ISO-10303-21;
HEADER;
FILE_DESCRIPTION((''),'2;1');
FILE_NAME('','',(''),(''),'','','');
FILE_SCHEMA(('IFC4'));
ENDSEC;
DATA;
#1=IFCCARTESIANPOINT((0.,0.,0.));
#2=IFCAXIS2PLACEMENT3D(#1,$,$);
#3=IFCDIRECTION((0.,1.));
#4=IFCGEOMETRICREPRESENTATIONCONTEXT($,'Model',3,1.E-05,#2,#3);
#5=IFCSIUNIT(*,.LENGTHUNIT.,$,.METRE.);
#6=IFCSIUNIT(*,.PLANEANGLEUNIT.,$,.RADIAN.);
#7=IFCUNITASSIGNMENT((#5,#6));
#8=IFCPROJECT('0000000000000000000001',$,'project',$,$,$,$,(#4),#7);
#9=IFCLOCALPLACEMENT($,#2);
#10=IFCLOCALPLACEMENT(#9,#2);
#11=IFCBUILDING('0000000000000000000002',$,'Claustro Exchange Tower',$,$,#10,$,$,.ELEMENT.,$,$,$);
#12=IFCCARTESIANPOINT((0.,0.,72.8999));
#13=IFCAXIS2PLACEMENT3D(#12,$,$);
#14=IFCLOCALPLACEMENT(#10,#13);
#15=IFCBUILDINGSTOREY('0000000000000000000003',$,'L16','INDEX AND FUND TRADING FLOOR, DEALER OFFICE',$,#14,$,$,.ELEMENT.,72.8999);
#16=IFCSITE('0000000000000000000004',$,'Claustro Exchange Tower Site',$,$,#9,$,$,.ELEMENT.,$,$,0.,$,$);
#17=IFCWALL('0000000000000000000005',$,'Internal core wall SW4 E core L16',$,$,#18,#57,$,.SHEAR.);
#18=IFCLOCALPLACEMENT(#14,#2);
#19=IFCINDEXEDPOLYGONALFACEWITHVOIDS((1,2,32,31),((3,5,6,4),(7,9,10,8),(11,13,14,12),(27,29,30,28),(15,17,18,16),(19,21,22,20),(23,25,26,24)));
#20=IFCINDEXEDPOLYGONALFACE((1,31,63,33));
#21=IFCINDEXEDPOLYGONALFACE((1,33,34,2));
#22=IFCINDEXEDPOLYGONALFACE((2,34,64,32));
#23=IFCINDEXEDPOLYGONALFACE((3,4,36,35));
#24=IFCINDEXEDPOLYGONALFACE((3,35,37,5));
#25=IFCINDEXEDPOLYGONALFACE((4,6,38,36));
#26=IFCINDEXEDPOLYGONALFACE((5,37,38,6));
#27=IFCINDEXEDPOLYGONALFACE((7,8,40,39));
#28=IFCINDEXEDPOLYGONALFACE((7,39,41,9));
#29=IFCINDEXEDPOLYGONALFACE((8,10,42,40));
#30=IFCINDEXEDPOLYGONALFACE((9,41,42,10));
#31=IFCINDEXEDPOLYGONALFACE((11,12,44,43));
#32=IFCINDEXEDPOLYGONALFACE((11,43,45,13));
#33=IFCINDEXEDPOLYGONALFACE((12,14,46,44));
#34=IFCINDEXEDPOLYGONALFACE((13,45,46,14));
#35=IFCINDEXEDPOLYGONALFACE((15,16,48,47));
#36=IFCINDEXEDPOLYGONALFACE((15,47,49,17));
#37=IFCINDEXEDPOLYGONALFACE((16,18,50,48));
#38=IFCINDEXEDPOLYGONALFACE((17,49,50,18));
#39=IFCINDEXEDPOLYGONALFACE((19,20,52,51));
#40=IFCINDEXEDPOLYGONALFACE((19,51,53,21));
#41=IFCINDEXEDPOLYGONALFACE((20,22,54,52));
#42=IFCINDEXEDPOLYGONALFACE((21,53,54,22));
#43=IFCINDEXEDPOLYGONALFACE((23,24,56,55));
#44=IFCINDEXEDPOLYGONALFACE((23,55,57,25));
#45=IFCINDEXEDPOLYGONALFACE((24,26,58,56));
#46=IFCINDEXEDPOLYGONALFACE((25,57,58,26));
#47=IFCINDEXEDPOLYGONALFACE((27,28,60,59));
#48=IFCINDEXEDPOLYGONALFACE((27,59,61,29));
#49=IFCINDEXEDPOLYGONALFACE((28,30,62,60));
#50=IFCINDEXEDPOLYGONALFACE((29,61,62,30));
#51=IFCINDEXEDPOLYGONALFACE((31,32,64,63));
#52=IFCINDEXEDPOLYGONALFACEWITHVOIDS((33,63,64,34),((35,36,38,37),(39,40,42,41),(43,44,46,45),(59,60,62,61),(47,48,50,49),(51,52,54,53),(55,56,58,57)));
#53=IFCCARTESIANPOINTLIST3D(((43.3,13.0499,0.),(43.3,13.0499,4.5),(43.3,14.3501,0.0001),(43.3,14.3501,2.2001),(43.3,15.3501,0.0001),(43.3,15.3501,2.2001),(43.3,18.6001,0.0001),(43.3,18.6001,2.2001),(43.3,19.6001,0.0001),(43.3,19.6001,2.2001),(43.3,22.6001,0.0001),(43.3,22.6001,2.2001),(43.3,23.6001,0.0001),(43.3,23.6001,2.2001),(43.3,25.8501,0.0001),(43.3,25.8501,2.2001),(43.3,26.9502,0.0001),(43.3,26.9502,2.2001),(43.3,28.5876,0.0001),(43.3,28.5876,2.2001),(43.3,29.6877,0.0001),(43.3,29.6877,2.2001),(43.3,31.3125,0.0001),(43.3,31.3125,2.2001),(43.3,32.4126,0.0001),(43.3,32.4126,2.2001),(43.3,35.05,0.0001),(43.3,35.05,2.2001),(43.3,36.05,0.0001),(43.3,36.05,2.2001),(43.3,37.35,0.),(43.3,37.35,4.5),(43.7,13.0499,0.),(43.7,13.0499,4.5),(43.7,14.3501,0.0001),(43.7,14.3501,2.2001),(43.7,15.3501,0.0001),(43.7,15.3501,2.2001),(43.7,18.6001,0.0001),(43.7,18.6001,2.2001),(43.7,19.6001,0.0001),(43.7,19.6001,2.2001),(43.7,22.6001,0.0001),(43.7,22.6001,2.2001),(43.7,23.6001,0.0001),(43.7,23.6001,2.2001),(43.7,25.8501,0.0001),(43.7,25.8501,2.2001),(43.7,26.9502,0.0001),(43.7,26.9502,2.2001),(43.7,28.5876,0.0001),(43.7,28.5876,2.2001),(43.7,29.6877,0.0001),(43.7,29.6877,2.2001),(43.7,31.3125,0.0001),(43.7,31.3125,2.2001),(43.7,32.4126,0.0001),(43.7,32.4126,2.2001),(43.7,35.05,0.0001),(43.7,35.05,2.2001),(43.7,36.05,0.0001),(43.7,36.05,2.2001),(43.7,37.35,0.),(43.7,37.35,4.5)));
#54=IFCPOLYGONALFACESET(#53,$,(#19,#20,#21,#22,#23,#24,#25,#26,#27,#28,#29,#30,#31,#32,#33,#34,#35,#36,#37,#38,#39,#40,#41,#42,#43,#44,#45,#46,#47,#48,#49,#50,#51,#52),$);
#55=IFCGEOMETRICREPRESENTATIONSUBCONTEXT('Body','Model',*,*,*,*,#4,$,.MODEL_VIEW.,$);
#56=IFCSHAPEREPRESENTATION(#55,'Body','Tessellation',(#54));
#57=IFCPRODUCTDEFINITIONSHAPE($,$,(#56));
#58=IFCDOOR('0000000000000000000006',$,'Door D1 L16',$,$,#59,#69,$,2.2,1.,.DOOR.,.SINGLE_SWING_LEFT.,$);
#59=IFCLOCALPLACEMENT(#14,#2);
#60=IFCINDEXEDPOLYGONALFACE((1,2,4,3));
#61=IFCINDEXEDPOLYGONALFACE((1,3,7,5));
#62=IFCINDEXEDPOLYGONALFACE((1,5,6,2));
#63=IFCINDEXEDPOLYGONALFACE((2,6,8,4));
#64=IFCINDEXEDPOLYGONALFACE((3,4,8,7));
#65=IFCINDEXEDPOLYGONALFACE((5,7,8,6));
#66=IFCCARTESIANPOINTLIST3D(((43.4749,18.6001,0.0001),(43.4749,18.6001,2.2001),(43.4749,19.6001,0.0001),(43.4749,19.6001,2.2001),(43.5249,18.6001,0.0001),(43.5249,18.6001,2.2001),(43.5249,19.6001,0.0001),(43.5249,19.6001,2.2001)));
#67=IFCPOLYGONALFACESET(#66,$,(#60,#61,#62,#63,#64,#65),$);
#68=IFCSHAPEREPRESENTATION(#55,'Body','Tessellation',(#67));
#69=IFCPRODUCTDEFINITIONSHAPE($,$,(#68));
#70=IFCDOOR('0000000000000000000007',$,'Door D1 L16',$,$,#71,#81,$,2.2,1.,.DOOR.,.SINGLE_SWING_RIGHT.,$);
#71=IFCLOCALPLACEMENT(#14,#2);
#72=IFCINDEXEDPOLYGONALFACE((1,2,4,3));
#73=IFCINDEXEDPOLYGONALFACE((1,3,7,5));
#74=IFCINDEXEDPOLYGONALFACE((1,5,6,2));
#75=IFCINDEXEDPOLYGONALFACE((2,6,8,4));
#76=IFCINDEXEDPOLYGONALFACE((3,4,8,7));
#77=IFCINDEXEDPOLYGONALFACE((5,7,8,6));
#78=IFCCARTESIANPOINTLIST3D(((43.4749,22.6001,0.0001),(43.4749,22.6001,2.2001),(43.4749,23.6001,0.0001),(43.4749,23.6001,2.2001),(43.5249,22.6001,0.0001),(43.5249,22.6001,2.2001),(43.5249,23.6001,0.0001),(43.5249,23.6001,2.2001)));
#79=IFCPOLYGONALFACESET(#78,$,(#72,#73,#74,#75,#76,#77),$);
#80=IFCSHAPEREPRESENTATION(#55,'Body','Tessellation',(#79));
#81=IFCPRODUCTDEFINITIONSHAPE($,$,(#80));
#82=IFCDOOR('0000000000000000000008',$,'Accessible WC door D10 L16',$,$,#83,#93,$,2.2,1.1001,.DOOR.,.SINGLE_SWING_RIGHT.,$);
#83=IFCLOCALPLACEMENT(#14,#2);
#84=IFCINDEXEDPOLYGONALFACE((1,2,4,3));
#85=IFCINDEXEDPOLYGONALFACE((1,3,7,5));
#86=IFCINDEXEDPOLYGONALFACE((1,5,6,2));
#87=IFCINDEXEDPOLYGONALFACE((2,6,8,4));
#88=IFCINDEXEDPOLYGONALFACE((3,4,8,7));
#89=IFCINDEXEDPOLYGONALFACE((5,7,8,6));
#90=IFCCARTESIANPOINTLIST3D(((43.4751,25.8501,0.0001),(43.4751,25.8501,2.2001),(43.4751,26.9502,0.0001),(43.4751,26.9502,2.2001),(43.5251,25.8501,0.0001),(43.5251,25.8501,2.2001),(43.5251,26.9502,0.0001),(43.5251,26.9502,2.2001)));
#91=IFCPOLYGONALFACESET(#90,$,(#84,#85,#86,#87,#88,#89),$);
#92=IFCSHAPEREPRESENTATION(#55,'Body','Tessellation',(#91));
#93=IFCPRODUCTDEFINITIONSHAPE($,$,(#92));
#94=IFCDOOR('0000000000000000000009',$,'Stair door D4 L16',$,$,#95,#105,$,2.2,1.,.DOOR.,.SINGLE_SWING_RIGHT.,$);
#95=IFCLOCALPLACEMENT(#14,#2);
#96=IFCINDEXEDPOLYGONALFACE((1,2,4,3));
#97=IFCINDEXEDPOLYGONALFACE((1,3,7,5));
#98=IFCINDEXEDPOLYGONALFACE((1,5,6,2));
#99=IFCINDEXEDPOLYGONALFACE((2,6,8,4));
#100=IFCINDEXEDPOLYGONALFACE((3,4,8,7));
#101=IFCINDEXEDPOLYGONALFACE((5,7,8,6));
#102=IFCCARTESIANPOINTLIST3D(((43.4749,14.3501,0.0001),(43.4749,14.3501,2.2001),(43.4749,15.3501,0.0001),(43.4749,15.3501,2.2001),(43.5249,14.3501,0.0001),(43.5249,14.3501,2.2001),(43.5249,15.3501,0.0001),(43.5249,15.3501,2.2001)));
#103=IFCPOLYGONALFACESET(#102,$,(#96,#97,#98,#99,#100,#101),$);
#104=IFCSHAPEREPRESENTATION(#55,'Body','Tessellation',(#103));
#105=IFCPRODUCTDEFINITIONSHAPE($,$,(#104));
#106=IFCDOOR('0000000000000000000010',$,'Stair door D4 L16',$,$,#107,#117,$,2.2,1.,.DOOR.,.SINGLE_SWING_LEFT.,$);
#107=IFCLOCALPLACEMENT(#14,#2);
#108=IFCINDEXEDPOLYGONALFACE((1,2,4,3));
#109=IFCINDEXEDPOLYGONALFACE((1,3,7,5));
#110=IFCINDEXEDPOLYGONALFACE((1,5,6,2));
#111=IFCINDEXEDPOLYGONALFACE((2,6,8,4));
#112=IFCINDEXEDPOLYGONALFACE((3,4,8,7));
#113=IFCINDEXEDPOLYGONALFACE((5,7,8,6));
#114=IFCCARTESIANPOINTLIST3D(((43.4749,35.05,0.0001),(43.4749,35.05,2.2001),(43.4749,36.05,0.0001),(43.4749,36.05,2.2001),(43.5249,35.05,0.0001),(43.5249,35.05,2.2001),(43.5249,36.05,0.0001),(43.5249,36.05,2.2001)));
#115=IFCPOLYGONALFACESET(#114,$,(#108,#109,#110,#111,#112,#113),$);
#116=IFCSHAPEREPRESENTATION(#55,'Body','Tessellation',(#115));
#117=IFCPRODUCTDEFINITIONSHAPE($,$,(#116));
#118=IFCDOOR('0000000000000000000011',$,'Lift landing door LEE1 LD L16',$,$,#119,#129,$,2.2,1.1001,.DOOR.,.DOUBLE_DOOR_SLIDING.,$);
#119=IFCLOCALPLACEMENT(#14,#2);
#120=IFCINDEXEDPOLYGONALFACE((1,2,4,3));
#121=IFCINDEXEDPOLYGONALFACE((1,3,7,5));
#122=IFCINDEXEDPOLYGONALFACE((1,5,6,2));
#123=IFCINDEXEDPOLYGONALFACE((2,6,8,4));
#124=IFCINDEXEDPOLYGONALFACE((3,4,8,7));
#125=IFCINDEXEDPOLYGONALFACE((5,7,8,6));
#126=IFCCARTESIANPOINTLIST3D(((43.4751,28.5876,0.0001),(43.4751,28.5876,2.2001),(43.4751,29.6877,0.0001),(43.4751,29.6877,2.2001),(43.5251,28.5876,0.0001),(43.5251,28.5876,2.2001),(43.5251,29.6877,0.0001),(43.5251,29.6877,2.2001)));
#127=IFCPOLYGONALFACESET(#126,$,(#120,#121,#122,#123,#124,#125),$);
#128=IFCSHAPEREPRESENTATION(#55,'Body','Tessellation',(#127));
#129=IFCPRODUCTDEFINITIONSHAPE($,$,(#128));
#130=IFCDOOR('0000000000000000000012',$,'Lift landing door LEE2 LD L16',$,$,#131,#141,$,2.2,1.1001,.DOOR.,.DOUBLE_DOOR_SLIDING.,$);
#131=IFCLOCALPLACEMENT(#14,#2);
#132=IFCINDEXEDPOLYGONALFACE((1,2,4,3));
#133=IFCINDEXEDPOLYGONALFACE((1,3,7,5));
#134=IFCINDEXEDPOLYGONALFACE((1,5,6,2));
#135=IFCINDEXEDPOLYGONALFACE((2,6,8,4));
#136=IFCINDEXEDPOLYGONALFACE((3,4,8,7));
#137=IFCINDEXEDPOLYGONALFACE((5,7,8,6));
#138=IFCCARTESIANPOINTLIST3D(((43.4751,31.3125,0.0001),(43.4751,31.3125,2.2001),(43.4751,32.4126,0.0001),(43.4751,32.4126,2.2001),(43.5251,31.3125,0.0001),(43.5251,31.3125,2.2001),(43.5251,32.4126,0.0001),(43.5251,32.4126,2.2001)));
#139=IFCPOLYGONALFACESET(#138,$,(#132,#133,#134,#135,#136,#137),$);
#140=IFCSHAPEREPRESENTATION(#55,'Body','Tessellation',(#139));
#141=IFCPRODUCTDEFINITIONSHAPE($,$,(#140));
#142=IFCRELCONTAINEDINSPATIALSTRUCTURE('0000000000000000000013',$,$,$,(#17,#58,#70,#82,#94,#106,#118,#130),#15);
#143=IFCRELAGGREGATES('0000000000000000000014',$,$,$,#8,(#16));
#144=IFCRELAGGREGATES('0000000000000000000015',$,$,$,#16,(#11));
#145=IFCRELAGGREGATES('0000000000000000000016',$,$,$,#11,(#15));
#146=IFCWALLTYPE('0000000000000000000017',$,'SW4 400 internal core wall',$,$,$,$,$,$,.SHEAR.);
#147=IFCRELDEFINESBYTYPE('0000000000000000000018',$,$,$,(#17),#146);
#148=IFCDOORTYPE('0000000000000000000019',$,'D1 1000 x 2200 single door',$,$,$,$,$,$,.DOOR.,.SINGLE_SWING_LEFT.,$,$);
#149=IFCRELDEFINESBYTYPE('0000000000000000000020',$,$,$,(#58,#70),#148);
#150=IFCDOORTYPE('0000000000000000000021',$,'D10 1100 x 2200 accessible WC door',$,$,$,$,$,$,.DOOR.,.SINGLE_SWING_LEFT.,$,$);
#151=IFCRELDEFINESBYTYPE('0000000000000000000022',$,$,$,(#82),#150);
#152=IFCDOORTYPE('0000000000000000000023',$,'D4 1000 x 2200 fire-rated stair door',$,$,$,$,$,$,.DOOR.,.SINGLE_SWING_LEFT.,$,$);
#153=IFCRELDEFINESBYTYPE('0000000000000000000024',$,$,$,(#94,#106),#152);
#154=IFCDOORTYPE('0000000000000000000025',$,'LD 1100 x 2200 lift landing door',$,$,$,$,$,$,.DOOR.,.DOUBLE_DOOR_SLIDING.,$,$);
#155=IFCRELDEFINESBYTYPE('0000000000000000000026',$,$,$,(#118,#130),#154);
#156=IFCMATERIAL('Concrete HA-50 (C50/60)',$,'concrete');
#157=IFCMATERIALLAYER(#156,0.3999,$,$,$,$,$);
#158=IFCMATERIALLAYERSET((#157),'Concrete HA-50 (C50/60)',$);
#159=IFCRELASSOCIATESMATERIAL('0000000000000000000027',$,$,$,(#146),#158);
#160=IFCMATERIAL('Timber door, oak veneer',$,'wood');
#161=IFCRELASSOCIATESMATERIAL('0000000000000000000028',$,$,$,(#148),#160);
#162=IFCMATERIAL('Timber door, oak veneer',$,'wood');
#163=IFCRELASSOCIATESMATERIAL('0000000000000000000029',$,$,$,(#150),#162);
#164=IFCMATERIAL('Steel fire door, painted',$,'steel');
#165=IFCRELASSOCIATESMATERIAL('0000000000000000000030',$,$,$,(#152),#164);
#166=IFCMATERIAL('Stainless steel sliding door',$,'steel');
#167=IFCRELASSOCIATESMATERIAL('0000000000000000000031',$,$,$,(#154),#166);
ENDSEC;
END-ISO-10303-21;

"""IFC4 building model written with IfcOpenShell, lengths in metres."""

from ifc_helpers import new_model, si_unit, direction, frame, frame_2d, origin, place, context, subcontext, project, spatial, rectangle, extrude, material, layer, layer_set, type_object, element, fill, save


model = new_model("IFC4")

# Units and contexts
model_context = context("Model", 3, precision=1e-05, world=origin(), true_north=direction((0.0, 1.0)))
body_context = subcontext(model_context, "Body", "Model", "MODEL_VIEW")
ifc_project = project(units=[si_unit("LENGTHUNIT", "METRE"), si_unit("PLANEANGLEUNIT", "RADIAN")], contexts=[model_context])

# Site, building, storey
site_placement = place(None, origin())
site = spatial("IfcSite", under=ifc_project, at=site_placement, Name="Claustro Exchange Tower Site", CompositionType="ELEMENT", RefElevation=0.0)
building_placement = place(site_placement, origin())
building = spatial("IfcBuilding", under=site, at=building_placement, Name="Claustro Exchange Tower", CompositionType="ELEMENT")
storey_placement = place(building_placement, frame((0.0, 0.0, 72.8999)))
storey = spatial("IfcBuildingStorey", under=building, at=storey_placement, Name="L16", Description="INDEX AND FUND TRADING FLOOR, DEALER OFFICE", CompositionType="ELEMENT", Elevation=72.8999)

# Wall, openings, doors
ifc_material_1 = material(Name="Concrete HA-50 (C50/60)", Category="concrete")
ifc_layer_1 = layer(ifc_material_1, 0.3999)
ifc_layer_set_1 = layer_set([ifc_layer_1], Name="Concrete HA-50 (C50/60)")
wall_type_1 = type_object("IfcWallType", Name="SW4 400 internal core wall", PredefinedType="SHEAR", material=ifc_layer_set_1)
wall_1_placement = place(storey_placement, frame((43.5, 13.05, 0.0), z_axis=(0.0, 0.0, 1.0), x_axis=(0.0, 1.0, 0.0)))
wall_1 = element("IfcWall", 1, at=wall_1_placement, inside=storey, type_object=wall_type_1, Name="Internal core wall SW4 E core L16", PredefinedType="SHEAR", context=body_context, shape_type="SweptSolid", body=[
    extrude(rectangle(XDim=24.3, YDim=0.3999, at=frame_2d((12.1499, 0.0))), origin(), (0.0, 0.0, 1.0), 4.5),
])
opening_1_placement = place(wall_1_placement, frame((1.3, 0.0, 0.0)))
opening_1 = element("IfcOpeningElement", 2, at=opening_1_placement, cuts=wall_1, PredefinedType="OPENING", context=body_context, shape_type="SweptSolid", body=[
    extrude(rectangle(XDim=1.0, YDim=2.2, at=frame_2d((0.5, 1.1001))), frame((0.0, 0.21, 0.0), z_axis=(0.0, -1.0, 0.0), x_axis=(1.0, 0.0, 0.0)), (0.0, 0.0, 1.0), 0.4199),
])
opening_2_placement = place(wall_1_placement, frame((22.0, 0.0, 0.0)))
opening_2 = element("IfcOpeningElement", 3, at=opening_2_placement, cuts=wall_1, PredefinedType="OPENING", context=body_context, shape_type="SweptSolid", body=[
    extrude(rectangle(XDim=1.0, YDim=2.2, at=frame_2d((0.5, 1.1001))), frame((0.0, 0.21, 0.0), z_axis=(0.0, -1.0, 0.0), x_axis=(1.0, 0.0, 0.0)), (0.0, 0.0, 1.0), 0.4199),
])
opening_3_placement = place(wall_1_placement, frame((5.55, 0.0, 0.0)))
opening_3 = element("IfcOpeningElement", 4, at=opening_3_placement, cuts=wall_1, PredefinedType="OPENING", context=body_context, shape_type="SweptSolid", body=[
    extrude(rectangle(XDim=1.0, YDim=2.2, at=frame_2d((0.5, 1.1001))), frame((0.0, 0.21, 0.0), z_axis=(0.0, -1.0, 0.0), x_axis=(1.0, 0.0, 0.0)), (0.0, 0.0, 1.0), 0.4199),
])
opening_4_placement = place(wall_1_placement, frame((9.55, 0.0, 0.0)))
opening_4 = element("IfcOpeningElement", 5, at=opening_4_placement, cuts=wall_1, PredefinedType="OPENING", context=body_context, shape_type="SweptSolid", body=[
    extrude(rectangle(XDim=1.0, YDim=2.2, at=frame_2d((0.5, 1.1001))), frame((0.0, 0.21, 0.0), z_axis=(0.0, -1.0, 0.0), x_axis=(1.0, 0.0, 0.0)), (0.0, 0.0, 1.0), 0.4199),
])
opening_5_placement = place(wall_1_placement, frame((12.8, 0.0, 0.0)))
opening_5 = element("IfcOpeningElement", 6, at=opening_5_placement, cuts=wall_1, PredefinedType="OPENING", context=body_context, shape_type="SweptSolid", body=[
    extrude(rectangle(XDim=1.1001, YDim=2.2, at=frame_2d((0.55, 1.1001))), frame((0.0, 0.21, 0.0), z_axis=(0.0, -1.0, 0.0), x_axis=(1.0, 0.0, 0.0)), (0.0, 0.0, 1.0), 0.4199),
])
opening_6_placement = place(wall_1_placement, frame((15.5376, 0.0, 0.0)))
opening_6 = element("IfcOpeningElement", 7, at=opening_6_placement, cuts=wall_1, PredefinedType="OPENING", context=body_context, shape_type="SweptSolid", body=[
    extrude(rectangle(XDim=1.1001, YDim=2.2, at=frame_2d((0.55, 1.1001))), frame((0.0, 0.21, 0.0), z_axis=(0.0, -1.0, 0.0), x_axis=(1.0, 0.0, 0.0)), (0.0, 0.0, 1.0), 0.4199),
])
opening_7_placement = place(wall_1_placement, frame((18.2625, 0.0, 0.0)))
opening_7 = element("IfcOpeningElement", 8, at=opening_7_placement, cuts=wall_1, PredefinedType="OPENING", context=body_context, shape_type="SweptSolid", body=[
    extrude(rectangle(XDim=1.1001, YDim=2.2, at=frame_2d((0.55, 1.1001))), frame((0.0, 0.21, 0.0), z_axis=(0.0, -1.0, 0.0), x_axis=(1.0, 0.0, 0.0)), (0.0, 0.0, 1.0), 0.4199),
])
ifc_material_2 = material(Name="Timber door, oak veneer", Category="wood")
door_type_1 = type_object("IfcDoorType", Name="D1 1000 x 2200 single door", OperationType="SINGLE_SWING_LEFT", PredefinedType="DOOR", material=ifc_material_2)
door_1_placement = place(opening_3_placement, frame((1.0, 0.0, 0.0), z_axis=(0.0, 0.0, 1.0), x_axis=(-1.0, 0.0, 0.0)))
door_1 = element("IfcDoor", 9, at=door_1_placement, inside=storey, type_object=door_type_1, Name="Door D1 L16", OperationType="SINGLE_SWING_LEFT", OverallHeight=2.2, OverallWidth=1.0, PredefinedType="DOOR", context=body_context, shape_type="SweptSolid", body=[
    extrude(rectangle(XDim=1.0, YDim=2.2, at=frame_2d((0.5, 1.1001))), frame((0.0, 0.0249, 0.0), z_axis=(0.0, -1.0, 0.0), x_axis=(1.0, 0.0, 0.0)), (0.0, 0.0, 1.0), 0.05),
])
fill(opening_3, door_1)
door_2_placement = place(opening_4_placement, frame((1.0, 0.0, 0.0), z_axis=(0.0, 0.0, 1.0), x_axis=(-1.0, 0.0, 0.0)))
door_2 = element("IfcDoor", 10, at=door_2_placement, inside=storey, type_object=door_type_1, Name="Door D1 L16", OperationType="SINGLE_SWING_RIGHT", OverallHeight=2.2, OverallWidth=1.0, PredefinedType="DOOR", context=body_context, shape_type="SweptSolid", body=[
    extrude(rectangle(XDim=1.0, YDim=2.2, at=frame_2d((0.5, 1.1001))), frame((0.0, 0.0249, 0.0), z_axis=(0.0, -1.0, 0.0), x_axis=(1.0, 0.0, 0.0)), (0.0, 0.0, 1.0), 0.05),
])
fill(opening_4, door_2)
ifc_material_3 = material(Name="Timber door, oak veneer", Category="wood")
door_type_2 = type_object("IfcDoorType", Name="D10 1100 x 2200 accessible WC door", OperationType="SINGLE_SWING_LEFT", PredefinedType="DOOR", material=ifc_material_3)
door_3_placement = place(opening_5_placement, origin())
door_3 = element("IfcDoor", 11, at=door_3_placement, inside=storey, type_object=door_type_2, Name="Accessible WC door D10 L16", OperationType="SINGLE_SWING_RIGHT", OverallHeight=2.2, OverallWidth=1.1001, PredefinedType="DOOR", context=body_context, shape_type="SweptSolid", body=[
    extrude(rectangle(XDim=1.1001, YDim=2.2, at=frame_2d((0.55, 1.1001))), frame((0.0, 0.0249, 0.0), z_axis=(0.0, -1.0, 0.0), x_axis=(1.0, 0.0, 0.0)), (0.0, 0.0, 1.0), 0.05),
])
fill(opening_5, door_3)
ifc_material_4 = material(Name="Steel fire door, painted", Category="steel")
door_type_3 = type_object("IfcDoorType", Name="D4 1000 x 2200 fire-rated stair door", OperationType="SINGLE_SWING_LEFT", PredefinedType="DOOR", material=ifc_material_4)
door_4_placement = place(opening_1_placement, frame((1.0, 0.0, 0.0), z_axis=(0.0, 0.0, 1.0), x_axis=(-1.0, 0.0, 0.0)))
door_4 = element("IfcDoor", 12, at=door_4_placement, inside=storey, type_object=door_type_3, Name="Stair door D4 L16", OperationType="SINGLE_SWING_RIGHT", OverallHeight=2.2, OverallWidth=1.0, PredefinedType="DOOR", context=body_context, shape_type="SweptSolid", body=[
    extrude(rectangle(XDim=1.0, YDim=2.2, at=frame_2d((0.5, 1.1001))), frame((0.0, 0.0249, 0.0), z_axis=(0.0, -1.0, 0.0), x_axis=(1.0, 0.0, 0.0)), (0.0, 0.0, 1.0), 0.05),
])
fill(opening_1, door_4)
door_5_placement = place(opening_2_placement, frame((1.0, 0.0, 0.0), z_axis=(0.0, 0.0, 1.0), x_axis=(-1.0, 0.0, 0.0)))
door_5 = element("IfcDoor", 13, at=door_5_placement, inside=storey, type_object=door_type_3, Name="Stair door D4 L16", OperationType="SINGLE_SWING_LEFT", OverallHeight=2.2, OverallWidth=1.0, PredefinedType="DOOR", context=body_context, shape_type="SweptSolid", body=[
    extrude(rectangle(XDim=1.0, YDim=2.2, at=frame_2d((0.5, 1.1001))), frame((0.0, 0.0249, 0.0), z_axis=(0.0, -1.0, 0.0), x_axis=(1.0, 0.0, 0.0)), (0.0, 0.0, 1.0), 0.05),
])
fill(opening_2, door_5)
ifc_material_5 = material(Name="Stainless steel sliding door", Category="steel")
door_type_4 = type_object("IfcDoorType", Name="LD 1100 x 2200 lift landing door", OperationType="DOUBLE_DOOR_SLIDING", PredefinedType="DOOR", material=ifc_material_5)
door_6_placement = place(opening_6_placement, origin())
door_6 = element("IfcDoor", 14, at=door_6_placement, inside=storey, type_object=door_type_4, Name="Lift landing door LEE1 LD L16", OperationType="DOUBLE_DOOR_SLIDING", OverallHeight=2.2, OverallWidth=1.1001, PredefinedType="DOOR", context=body_context, shape_type="SweptSolid", body=[
    extrude(rectangle(XDim=1.1001, YDim=2.2, at=frame_2d((0.55, 1.1001))), frame((0.0, 0.0249, 0.0), z_axis=(0.0, -1.0, 0.0), x_axis=(1.0, 0.0, 0.0)), (0.0, 0.0, 1.0), 0.05),
])
fill(opening_6, door_6)
door_7_placement = place(opening_7_placement, origin())
door_7 = element("IfcDoor", 15, at=door_7_placement, inside=storey, type_object=door_type_4, Name="Lift landing door LEE2 LD L16", OperationType="DOUBLE_DOOR_SLIDING", OverallHeight=2.2, OverallWidth=1.1001, PredefinedType="DOOR", context=body_context, shape_type="SweptSolid", body=[
    extrude(rectangle(XDim=1.1001, YDim=2.2, at=frame_2d((0.55, 1.1001))), frame((0.0, 0.0249, 0.0), z_axis=(0.0, -1.0, 0.0), x_axis=(1.0, 0.0, 0.0)), (0.0, 0.0, 1.0), 0.05),
])
fill(opening_7, door_7)

save(model, "model.ifc")
